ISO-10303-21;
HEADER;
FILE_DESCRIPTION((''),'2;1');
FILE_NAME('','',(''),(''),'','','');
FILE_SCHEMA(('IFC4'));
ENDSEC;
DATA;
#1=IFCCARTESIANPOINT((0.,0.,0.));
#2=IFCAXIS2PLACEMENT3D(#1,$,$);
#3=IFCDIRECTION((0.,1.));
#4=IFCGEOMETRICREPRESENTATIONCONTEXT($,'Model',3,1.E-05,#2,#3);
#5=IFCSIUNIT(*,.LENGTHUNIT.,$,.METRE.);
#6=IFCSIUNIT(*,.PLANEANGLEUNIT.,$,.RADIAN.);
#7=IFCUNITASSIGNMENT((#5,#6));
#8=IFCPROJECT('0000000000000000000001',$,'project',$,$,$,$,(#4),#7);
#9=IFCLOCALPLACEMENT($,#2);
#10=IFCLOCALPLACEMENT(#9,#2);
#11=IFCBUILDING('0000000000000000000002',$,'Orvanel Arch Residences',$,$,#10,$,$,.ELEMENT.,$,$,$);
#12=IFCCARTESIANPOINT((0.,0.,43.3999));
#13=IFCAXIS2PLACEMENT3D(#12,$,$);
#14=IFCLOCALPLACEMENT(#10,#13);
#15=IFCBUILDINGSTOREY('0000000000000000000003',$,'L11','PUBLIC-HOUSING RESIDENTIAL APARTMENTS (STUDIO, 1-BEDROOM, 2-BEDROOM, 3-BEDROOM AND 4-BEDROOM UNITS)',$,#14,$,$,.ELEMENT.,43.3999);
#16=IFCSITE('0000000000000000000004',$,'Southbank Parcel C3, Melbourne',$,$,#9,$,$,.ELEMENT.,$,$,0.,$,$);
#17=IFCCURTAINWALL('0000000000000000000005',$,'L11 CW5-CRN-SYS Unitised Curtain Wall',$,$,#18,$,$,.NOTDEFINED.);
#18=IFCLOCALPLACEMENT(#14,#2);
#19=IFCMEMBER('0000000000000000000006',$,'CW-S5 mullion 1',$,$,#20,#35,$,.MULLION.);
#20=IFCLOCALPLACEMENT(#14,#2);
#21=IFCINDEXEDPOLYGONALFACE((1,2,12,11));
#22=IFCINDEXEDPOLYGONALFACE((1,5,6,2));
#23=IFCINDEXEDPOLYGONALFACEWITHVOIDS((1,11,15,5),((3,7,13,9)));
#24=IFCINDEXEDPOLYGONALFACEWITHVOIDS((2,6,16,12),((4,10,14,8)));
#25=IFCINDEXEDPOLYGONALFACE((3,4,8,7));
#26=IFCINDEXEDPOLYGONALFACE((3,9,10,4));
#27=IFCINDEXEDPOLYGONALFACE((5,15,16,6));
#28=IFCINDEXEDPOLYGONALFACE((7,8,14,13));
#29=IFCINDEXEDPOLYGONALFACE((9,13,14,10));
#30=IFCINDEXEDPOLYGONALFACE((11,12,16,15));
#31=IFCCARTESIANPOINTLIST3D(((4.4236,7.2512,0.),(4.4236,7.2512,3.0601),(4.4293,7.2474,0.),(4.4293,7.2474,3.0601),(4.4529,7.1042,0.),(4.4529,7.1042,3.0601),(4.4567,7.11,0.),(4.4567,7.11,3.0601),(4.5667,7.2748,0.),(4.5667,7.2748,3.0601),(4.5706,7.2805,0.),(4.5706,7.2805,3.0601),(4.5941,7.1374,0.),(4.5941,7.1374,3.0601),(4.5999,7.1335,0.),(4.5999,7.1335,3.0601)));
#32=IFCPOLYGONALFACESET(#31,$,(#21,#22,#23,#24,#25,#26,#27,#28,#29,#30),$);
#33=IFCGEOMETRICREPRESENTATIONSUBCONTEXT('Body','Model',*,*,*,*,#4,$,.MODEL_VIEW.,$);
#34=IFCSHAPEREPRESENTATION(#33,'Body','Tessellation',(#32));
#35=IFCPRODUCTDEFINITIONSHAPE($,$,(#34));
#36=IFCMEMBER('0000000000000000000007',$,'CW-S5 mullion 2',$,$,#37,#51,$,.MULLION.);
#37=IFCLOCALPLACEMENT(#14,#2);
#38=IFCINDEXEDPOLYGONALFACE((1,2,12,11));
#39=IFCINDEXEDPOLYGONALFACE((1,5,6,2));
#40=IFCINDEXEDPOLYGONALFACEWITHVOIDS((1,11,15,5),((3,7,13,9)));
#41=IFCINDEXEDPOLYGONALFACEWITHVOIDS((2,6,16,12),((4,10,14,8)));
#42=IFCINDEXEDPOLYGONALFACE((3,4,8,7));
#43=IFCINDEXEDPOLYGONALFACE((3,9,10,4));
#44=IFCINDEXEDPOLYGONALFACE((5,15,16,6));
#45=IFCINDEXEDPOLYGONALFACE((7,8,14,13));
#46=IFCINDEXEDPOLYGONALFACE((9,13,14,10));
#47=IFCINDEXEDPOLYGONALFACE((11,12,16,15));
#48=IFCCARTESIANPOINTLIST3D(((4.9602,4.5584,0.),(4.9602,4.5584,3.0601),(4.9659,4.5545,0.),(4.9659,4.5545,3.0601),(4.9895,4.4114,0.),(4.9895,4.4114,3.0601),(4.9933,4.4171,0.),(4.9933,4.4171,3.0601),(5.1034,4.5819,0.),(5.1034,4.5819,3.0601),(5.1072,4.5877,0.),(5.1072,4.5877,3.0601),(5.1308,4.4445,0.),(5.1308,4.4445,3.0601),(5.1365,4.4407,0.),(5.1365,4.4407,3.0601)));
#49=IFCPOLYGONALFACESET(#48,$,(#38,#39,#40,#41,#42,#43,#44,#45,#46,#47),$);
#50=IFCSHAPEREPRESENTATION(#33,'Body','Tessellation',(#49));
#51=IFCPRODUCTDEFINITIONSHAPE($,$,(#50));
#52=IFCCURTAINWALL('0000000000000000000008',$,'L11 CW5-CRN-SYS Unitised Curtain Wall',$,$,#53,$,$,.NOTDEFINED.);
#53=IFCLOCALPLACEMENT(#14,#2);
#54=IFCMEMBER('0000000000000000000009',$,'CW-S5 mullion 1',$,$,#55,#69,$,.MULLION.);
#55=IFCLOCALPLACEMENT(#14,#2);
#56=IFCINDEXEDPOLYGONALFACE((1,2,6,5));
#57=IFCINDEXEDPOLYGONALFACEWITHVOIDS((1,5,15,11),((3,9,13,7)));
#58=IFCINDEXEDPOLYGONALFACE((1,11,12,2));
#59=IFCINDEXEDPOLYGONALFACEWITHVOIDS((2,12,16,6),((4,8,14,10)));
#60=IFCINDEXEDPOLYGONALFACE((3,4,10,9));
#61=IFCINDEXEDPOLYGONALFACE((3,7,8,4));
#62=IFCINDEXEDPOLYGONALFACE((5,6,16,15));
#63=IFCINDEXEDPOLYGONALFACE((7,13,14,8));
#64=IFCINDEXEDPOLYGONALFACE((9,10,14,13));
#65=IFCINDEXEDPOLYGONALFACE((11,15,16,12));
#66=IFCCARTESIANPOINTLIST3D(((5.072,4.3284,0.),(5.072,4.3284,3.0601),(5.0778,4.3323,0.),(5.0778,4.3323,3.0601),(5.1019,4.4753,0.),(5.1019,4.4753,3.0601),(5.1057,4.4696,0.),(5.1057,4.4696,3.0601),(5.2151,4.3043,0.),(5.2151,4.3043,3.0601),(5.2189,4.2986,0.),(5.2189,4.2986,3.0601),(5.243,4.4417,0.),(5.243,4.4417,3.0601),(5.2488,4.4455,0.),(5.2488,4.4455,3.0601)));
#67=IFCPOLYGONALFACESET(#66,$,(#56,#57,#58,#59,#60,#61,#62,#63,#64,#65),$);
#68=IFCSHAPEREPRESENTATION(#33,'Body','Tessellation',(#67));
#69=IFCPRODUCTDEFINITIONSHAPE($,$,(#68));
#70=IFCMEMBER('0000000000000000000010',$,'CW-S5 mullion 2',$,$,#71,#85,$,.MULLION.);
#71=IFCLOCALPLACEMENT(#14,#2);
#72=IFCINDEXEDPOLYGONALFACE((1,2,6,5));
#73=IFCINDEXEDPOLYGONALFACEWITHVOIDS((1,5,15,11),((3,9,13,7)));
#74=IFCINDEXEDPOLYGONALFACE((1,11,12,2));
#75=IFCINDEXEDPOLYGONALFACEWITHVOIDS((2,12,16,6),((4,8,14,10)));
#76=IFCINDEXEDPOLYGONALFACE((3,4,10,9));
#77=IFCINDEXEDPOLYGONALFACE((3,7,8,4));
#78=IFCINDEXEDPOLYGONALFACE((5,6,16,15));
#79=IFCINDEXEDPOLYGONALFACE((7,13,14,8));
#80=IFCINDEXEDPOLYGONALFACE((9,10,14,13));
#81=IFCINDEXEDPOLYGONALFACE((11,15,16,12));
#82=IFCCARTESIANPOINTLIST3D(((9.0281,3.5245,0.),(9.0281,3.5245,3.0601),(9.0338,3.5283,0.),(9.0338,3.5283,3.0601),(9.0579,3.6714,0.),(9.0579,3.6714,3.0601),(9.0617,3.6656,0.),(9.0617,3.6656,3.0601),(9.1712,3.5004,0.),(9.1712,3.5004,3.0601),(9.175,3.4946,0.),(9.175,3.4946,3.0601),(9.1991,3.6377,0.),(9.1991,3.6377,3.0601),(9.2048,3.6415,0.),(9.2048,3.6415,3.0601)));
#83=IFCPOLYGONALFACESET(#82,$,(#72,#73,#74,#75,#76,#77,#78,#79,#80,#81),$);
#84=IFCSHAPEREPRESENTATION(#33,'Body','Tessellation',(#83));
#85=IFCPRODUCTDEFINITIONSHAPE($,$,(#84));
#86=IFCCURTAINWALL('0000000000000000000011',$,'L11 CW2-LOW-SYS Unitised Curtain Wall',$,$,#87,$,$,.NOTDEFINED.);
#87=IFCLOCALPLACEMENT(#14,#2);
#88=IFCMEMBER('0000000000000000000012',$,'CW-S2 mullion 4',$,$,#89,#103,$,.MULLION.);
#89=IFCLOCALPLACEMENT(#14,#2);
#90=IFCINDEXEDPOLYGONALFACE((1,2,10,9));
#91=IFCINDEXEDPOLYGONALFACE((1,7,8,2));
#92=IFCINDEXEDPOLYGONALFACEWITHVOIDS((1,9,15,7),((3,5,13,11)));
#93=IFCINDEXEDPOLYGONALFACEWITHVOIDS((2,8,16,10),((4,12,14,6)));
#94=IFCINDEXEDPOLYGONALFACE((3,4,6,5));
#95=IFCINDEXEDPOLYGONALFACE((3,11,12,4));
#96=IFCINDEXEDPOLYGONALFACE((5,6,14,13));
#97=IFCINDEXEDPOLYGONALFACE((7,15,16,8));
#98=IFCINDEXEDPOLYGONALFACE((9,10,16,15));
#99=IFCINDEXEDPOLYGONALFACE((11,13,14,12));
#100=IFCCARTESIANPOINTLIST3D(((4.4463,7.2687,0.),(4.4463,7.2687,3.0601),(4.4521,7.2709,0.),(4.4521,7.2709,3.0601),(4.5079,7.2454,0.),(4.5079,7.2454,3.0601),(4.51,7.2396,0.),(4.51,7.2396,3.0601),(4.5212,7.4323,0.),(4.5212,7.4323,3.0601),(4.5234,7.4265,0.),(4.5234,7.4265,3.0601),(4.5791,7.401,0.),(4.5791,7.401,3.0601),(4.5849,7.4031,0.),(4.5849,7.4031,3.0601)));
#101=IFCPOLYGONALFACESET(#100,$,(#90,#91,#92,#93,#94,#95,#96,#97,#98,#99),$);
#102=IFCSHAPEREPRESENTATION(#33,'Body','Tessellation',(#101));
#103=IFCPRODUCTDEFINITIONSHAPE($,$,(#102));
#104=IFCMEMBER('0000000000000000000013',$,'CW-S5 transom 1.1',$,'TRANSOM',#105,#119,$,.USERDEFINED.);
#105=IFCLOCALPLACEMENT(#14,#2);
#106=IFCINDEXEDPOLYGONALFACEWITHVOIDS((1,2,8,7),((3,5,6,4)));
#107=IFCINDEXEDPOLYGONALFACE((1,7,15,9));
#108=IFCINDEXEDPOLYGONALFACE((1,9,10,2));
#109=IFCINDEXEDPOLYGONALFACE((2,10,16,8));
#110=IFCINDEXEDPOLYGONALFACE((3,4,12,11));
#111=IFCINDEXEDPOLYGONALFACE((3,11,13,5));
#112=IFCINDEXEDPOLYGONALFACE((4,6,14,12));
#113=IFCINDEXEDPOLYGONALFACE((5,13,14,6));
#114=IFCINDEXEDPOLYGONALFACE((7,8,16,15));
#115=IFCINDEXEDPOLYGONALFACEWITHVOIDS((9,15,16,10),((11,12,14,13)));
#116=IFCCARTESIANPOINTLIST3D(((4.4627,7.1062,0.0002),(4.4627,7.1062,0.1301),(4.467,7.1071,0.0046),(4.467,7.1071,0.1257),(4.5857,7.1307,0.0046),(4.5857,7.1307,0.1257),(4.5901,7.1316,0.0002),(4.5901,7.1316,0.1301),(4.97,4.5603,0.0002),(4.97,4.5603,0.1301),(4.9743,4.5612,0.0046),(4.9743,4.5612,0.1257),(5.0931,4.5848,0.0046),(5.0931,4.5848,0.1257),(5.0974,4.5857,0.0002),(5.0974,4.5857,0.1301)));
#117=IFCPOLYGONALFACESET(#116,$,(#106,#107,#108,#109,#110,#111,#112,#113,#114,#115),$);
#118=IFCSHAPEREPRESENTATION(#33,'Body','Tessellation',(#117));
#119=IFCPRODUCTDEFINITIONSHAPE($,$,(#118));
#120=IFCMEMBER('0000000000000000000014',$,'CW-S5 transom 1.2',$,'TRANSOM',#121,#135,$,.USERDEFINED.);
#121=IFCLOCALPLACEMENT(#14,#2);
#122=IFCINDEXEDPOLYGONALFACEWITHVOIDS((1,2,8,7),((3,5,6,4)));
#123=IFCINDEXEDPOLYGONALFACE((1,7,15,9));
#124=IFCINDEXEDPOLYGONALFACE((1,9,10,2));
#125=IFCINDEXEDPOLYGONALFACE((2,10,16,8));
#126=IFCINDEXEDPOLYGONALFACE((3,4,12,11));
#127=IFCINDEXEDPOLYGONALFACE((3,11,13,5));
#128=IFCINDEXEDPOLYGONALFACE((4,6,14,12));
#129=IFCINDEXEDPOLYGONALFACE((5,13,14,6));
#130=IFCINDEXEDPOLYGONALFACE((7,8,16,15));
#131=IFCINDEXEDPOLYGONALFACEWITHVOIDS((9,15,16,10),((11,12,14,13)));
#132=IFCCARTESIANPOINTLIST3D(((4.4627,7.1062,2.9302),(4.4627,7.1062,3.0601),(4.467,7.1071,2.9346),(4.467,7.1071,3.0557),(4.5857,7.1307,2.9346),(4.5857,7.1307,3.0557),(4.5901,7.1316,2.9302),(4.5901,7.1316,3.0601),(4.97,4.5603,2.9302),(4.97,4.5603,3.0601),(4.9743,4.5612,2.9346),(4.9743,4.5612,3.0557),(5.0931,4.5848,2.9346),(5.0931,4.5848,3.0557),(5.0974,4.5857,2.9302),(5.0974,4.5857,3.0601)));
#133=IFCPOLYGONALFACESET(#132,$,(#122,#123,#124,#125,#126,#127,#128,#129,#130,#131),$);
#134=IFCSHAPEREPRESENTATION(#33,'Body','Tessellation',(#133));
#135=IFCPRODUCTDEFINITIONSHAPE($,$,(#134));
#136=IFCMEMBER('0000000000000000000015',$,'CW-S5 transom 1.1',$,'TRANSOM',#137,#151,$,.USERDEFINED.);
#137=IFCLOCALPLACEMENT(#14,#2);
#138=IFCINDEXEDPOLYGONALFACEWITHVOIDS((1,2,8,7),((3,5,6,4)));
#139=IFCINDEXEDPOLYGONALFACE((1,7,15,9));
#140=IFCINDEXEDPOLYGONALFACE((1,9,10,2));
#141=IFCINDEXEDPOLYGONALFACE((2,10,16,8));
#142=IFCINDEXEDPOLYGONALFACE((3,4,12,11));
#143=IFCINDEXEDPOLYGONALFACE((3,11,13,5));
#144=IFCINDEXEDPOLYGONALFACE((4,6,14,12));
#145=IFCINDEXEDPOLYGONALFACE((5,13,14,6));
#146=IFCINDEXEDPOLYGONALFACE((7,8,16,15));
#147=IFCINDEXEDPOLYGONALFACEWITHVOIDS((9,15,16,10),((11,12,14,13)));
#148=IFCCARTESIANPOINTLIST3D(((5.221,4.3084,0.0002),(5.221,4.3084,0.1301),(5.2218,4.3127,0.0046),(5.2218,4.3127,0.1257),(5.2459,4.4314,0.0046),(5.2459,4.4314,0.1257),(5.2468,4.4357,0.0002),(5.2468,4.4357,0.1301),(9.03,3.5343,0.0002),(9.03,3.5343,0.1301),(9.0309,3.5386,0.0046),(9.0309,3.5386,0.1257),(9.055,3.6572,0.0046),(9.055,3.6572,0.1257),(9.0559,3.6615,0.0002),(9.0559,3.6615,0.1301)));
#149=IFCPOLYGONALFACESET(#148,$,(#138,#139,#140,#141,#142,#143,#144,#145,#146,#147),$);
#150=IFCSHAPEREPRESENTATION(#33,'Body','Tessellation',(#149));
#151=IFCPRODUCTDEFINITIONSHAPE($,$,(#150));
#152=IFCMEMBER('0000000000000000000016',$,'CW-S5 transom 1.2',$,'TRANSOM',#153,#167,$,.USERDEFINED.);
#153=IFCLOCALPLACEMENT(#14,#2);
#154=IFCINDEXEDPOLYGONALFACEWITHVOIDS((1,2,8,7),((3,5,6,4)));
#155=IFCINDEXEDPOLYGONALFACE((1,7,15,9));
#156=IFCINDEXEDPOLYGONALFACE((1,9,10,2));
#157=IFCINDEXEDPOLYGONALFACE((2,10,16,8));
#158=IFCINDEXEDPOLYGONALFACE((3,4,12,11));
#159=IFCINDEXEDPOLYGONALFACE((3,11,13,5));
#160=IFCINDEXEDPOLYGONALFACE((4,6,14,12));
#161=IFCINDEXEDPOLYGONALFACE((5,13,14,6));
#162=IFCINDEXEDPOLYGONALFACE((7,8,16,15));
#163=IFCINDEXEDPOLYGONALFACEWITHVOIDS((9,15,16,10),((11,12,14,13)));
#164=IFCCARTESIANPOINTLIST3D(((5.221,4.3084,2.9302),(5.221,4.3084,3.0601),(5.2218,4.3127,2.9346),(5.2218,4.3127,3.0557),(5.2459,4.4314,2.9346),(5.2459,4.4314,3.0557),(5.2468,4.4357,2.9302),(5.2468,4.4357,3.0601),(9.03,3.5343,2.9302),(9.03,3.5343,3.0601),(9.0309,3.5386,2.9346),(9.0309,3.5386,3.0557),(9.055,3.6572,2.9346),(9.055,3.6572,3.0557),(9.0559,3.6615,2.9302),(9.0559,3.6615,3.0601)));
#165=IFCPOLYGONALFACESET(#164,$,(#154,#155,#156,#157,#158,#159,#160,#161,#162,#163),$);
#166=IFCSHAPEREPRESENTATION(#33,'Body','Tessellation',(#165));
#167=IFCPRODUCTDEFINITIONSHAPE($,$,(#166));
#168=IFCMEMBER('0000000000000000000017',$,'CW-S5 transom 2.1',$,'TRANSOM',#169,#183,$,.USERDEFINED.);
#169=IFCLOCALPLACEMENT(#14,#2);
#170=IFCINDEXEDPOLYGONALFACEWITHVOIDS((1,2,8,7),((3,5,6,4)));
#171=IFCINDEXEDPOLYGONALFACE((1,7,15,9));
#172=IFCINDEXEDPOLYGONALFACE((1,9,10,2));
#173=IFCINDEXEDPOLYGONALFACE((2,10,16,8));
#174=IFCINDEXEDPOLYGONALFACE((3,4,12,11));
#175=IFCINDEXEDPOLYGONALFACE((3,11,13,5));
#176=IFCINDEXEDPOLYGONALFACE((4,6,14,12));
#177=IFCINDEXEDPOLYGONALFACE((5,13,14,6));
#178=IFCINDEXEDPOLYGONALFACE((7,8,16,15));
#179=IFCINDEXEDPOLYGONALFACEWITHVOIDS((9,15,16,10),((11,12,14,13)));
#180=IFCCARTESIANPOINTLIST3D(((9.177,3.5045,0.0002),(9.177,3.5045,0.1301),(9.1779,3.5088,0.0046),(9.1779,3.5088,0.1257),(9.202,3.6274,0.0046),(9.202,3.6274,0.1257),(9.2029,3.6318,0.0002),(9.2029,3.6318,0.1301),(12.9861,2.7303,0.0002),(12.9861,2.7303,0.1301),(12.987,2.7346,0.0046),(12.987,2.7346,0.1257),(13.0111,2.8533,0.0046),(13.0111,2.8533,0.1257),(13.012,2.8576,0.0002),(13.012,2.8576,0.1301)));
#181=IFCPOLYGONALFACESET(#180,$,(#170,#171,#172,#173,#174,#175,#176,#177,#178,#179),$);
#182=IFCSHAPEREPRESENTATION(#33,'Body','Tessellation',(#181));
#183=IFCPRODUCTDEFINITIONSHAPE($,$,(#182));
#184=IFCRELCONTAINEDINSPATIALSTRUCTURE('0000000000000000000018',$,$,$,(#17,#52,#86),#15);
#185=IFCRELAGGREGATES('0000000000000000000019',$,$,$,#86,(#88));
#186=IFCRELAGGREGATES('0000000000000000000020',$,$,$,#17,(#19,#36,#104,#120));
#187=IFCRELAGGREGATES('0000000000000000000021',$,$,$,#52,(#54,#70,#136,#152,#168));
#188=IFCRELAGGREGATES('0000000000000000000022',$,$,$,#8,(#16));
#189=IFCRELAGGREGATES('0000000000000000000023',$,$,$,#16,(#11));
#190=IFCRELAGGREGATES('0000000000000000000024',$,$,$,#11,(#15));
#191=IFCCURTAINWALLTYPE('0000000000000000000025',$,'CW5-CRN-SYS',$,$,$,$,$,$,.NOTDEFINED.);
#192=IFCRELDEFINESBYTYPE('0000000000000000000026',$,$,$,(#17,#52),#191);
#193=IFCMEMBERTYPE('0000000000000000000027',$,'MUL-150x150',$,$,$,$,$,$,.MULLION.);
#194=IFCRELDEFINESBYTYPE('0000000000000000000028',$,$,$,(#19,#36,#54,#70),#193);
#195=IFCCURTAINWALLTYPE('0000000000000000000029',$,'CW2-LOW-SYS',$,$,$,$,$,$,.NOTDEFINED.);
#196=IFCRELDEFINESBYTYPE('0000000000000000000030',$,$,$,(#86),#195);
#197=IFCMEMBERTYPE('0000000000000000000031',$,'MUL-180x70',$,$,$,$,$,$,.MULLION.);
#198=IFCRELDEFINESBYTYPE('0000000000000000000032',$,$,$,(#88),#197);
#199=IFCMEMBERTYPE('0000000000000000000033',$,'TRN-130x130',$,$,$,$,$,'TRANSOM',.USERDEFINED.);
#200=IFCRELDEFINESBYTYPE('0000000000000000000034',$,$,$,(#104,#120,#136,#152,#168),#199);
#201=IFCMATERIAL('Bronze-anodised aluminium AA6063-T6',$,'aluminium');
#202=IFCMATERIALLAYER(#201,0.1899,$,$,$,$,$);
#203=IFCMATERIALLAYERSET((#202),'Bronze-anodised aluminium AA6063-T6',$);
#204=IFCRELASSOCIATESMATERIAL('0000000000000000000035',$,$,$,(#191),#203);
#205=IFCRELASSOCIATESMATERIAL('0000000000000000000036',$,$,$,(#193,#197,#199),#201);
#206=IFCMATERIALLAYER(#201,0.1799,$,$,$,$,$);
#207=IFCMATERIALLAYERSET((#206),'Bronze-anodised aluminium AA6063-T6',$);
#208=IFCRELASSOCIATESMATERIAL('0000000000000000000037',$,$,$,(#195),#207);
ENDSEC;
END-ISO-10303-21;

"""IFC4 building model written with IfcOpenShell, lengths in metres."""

from ifc_helpers import new_model, si_unit, direction, frame, origin, origin_2d, place, context, subcontext, project, spatial, hollow_rectangle, extrude, material, layer, layer_set, material_profile, profile_set, type_object, element, aggregate, save


model = new_model("IFC4")

# Units and contexts
model_context = context("Model", 3, precision=1e-05, world=origin(), true_north=direction((0.0, 1.0)))
body_context = subcontext(model_context, "Body", "Model", "MODEL_VIEW")
ifc_project = project(units=[si_unit("LENGTHUNIT", "METRE"), si_unit("PLANEANGLEUNIT", "RADIAN")], contexts=[model_context])

# Site, building, storey
site_placement = place(None, origin())
site = spatial("IfcSite", under=ifc_project, at=site_placement, Name="Southbank Parcel C3, Melbourne", CompositionType="ELEMENT", RefElevation=0.0)
building_placement = place(site_placement, origin())
building = spatial("IfcBuilding", under=site, at=building_placement, Name="Orvanel Arch Residences", CompositionType="ELEMENT")
storey_placement = place(building_placement, frame((0.0, 0.0, 43.3999)))
storey = spatial("IfcBuildingStorey", under=building, at=storey_placement, Name="L11", Description="PUBLIC-HOUSING RESIDENTIAL APARTMENTS (STUDIO, 1-BEDROOM, 2-BEDROOM, 3-BEDROOM AND 4-BEDROOM UNITS)", CompositionType="ELEMENT", Elevation=43.3999)

# Curtain walls, members
ifc_material_1 = material(Name="Bronze-anodised aluminium AA6063-T6", Category="aluminium")
ifc_layer_1 = layer(ifc_material_1, 0.1899)
ifc_layer_set_1 = layer_set([ifc_layer_1], Name="Bronze-anodised aluminium AA6063-T6")
curtain_wall_type_1 = type_object("IfcCurtainWallType", Name="CW5-CRN-SYS", PredefinedType="NOTDEFINED", material=ifc_layer_set_1)
curtain_wall_1_placement = place(storey_placement, origin())
curtain_wall_1 = element("IfcCurtainWall", 1, at=curtain_wall_1_placement, inside=storey, type_object=curtain_wall_type_1, Name="L11 CW5-CRN-SYS Unitised Curtain Wall", PredefinedType="NOTDEFINED")
ifc_material_profile_1 = material_profile(ifc_material_1, hollow_rectangle(XDim=0.1499, YDim=0.1499, WallThickness=0.0049, at=origin_2d()), Name="ALU150x150x5")
ifc_profile_set_1 = profile_set([ifc_material_profile_1], Name="Bronze-anodised aluminium AA6063-T6")
member_type_1 = type_object("IfcMemberType", Name="MUL-150x150", PredefinedType="MULLION", material=ifc_profile_set_1)
member_1_placement = place(storey_placement, frame((4.5117, 7.1924, 0.0), z_axis=(0.0, 0.0, 1.0), x_axis=(0.980713, 0.195452, 0.0)))
member_1 = element("IfcMember", 2, at=member_1_placement, type_object=member_type_1, Name="CW-S5 mullion 1", PredefinedType="MULLION", context=body_context, shape_type="SweptSolid", body=[
    extrude(hollow_rectangle(XDim=0.1499, YDim=0.1499, WallThickness=0.0049, at=origin_2d()), origin(), (0.0, 0.0, 1.0), 3.0601),
])
member_2_placement = place(storey_placement, frame((5.0483, 4.4995, 0.0), z_axis=(0.0, 0.0, 1.0), x_axis=(0.980713, 0.195452, 0.0)))
member_2 = element("IfcMember", 3, at=member_2_placement, type_object=member_type_1, Name="CW-S5 mullion 2", PredefinedType="MULLION", context=body_context, shape_type="SweptSolid", body=[
    extrude(hollow_rectangle(XDim=0.1499, YDim=0.1499, WallThickness=0.0049, at=origin_2d()), origin(), (0.0, 0.0, 1.0), 3.0601),
])
curtain_wall_2_placement = place(storey_placement, origin())
curtain_wall_2 = element("IfcCurtainWall", 4, at=curtain_wall_2_placement, inside=storey, type_object=curtain_wall_type_1, Name="L11 CW5-CRN-SYS Unitised Curtain Wall", PredefinedType="NOTDEFINED")
member_3_placement = place(storey_placement, frame((5.1604, 4.387, 0.0), z_axis=(0.0, 0.0, 1.0), x_axis=(0.199179, 0.979963, 0.0)))
member_3 = element("IfcMember", 5, at=member_3_placement, type_object=member_type_1, Name="CW-S5 mullion 1", PredefinedType="MULLION", context=body_context, shape_type="SweptSolid", body=[
    extrude(hollow_rectangle(XDim=0.1499, YDim=0.1499, WallThickness=0.0049, at=origin_2d()), origin(), (0.0, 0.0, 1.0), 3.0601),
])
member_4_placement = place(storey_placement, frame((9.1165, 3.583, 0.0), z_axis=(0.0, 0.0, 1.0), x_axis=(0.199179, 0.979963, 0.0)))
member_4 = element("IfcMember", 6, at=member_4_placement, type_object=member_type_1, Name="CW-S5 mullion 2", PredefinedType="MULLION", context=body_context, shape_type="SweptSolid", body=[
    extrude(hollow_rectangle(XDim=0.1499, YDim=0.1499, WallThickness=0.0049, at=origin_2d()), origin(), (0.0, 0.0, 1.0), 3.0601),
])

# Curtain wall, member
ifc_layer_2 = layer(ifc_material_1, 0.1799)
ifc_layer_set_2 = layer_set([ifc_layer_2], Name="Bronze-anodised aluminium AA6063-T6")
curtain_wall_type_2 = type_object("IfcCurtainWallType", Name="CW2-LOW-SYS", PredefinedType="NOTDEFINED", material=ifc_layer_set_2)
curtain_wall_3_placement = place(storey_placement, origin())
curtain_wall_3 = element("IfcCurtainWall", 7, at=curtain_wall_3_placement, inside=storey, type_object=curtain_wall_type_2, Name="L11 CW2-LOW-SYS Unitised Curtain Wall", PredefinedType="NOTDEFINED")
ifc_material_profile_2 = material_profile(ifc_material_1, hollow_rectangle(XDim=0.0701, YDim=0.1799, WallThickness=0.0044, at=origin_2d()), Name="ALU180x70x4.5")
ifc_profile_set_2 = profile_set([ifc_material_profile_2], Name="Bronze-anodised aluminium AA6063-T6")
member_type_2 = type_object("IfcMemberType", Name="MUL-180x70", PredefinedType="MULLION", material=ifc_profile_set_2)
member_5_placement = place(storey_placement, frame((4.5156, 7.3359, 0.0), z_axis=(0.0, 0.0, 1.0), x_axis=(0.909193, -0.416374, 0.0)))
member_5 = element("IfcMember", 8, at=member_5_placement, type_object=member_type_2, Name="CW-S2 mullion 4", PredefinedType="MULLION", context=body_context, shape_type="SweptSolid", body=[
    extrude(hollow_rectangle(XDim=0.0701, YDim=0.1799, WallThickness=0.0044, at=origin_2d()), origin(), (0.0, 0.0, 1.0), 3.0601),
])
aggregate(curtain_wall_3, [member_5])

# Members
ifc_material_profile_3 = material_profile(ifc_material_1, hollow_rectangle(XDim=0.1299, YDim=0.1299, WallThickness=0.0044, at=origin_2d()), Name="ALU130x130x4.5")
ifc_profile_set_3 = profile_set([ifc_material_profile_3], Name="Bronze-anodised aluminium AA6063-T6")
member_type_3 = type_object("IfcMemberType", Name="TRN-130x130", ElementType="TRANSOM", PredefinedType="USERDEFINED", material=ifc_profile_set_3)
member_6_placement = place(storey_placement, frame((4.5264, 7.1189, 0.0652), z_axis=(0.195429, -0.980718, 0.0), x_axis=(0.980718, 0.195429, 0.0)))
member_6 = element("IfcMember", 9, at=member_6_placement, type_object=member_type_3, Name="CW-S5 transom 1.1", ObjectType="TRANSOM", PredefinedType="USERDEFINED", context=body_context, shape_type="SweptSolid", body=[
    extrude(hollow_rectangle(XDim=0.1299, YDim=0.1299, WallThickness=0.0044, at=origin_2d()), origin(), (0.0, 0.0, 1.0), 2.5959),
])
member_7_placement = place(storey_placement, frame((4.5264, 7.1189, 2.9951), z_axis=(0.195429, -0.980718, 0.0), x_axis=(0.980718, 0.195429, 0.0)))
member_7 = element("IfcMember", 10, at=member_7_placement, type_object=member_type_3, Name="CW-S5 transom 1.2", ObjectType="TRANSOM", PredefinedType="USERDEFINED", context=body_context, shape_type="SweptSolid", body=[
    extrude(hollow_rectangle(XDim=0.1299, YDim=0.1299, WallThickness=0.0044, at=origin_2d()), origin(), (0.0, 0.0, 1.0), 2.5959),
])
member_8_placement = place(storey_placement, frame((5.2339, 4.3721, 0.0652), z_axis=(0.979965, -0.199171, 0.0), x_axis=(0.199171, 0.979965, 0.0)))
member_8 = element("IfcMember", 11, at=member_8_placement, type_object=member_type_3, Name="CW-S5 transom 1.1", ObjectType="TRANSOM", PredefinedType="USERDEFINED", context=body_context, shape_type="SweptSolid", body=[
    extrude(hollow_rectangle(XDim=0.1299, YDim=0.1299, WallThickness=0.0044, at=origin_2d()), origin(), (0.0, 0.0, 1.0), 3.887),
])
member_9_placement = place(storey_placement, frame((5.2339, 4.3721, 2.9951), z_axis=(0.979965, -0.199171, 0.0), x_axis=(0.199171, 0.979965, 0.0)))
member_9 = element("IfcMember", 12, at=member_9_placement, type_object=member_type_3, Name="CW-S5 transom 1.2", ObjectType="TRANSOM", PredefinedType="USERDEFINED", context=body_context, shape_type="SweptSolid", body=[
    extrude(hollow_rectangle(XDim=0.1299, YDim=0.1299, WallThickness=0.0044, at=origin_2d()), origin(), (0.0, 0.0, 1.0), 3.887),
])
member_10_placement = place(storey_placement, frame((9.1899, 3.5681, 0.0652), z_axis=(0.979965, -0.199171, 0.0), x_axis=(0.199171, 0.979965, 0.0)))
member_10 = element("IfcMember", 13, at=member_10_placement, type_object=member_type_3, Name="CW-S5 transom 2.1", ObjectType="TRANSOM", PredefinedType="USERDEFINED", context=body_context, shape_type="SweptSolid", body=[
    extrude(hollow_rectangle(XDim=0.1299, YDim=0.1299, WallThickness=0.0044, at=origin_2d()), origin(), (0.0, 0.0, 1.0), 3.887),
])

aggregate(curtain_wall_1, [member_1, member_2, member_6, member_7])
aggregate(curtain_wall_2, [member_3, member_4, member_8, member_9, member_10])

save(model, "model.ifc")
